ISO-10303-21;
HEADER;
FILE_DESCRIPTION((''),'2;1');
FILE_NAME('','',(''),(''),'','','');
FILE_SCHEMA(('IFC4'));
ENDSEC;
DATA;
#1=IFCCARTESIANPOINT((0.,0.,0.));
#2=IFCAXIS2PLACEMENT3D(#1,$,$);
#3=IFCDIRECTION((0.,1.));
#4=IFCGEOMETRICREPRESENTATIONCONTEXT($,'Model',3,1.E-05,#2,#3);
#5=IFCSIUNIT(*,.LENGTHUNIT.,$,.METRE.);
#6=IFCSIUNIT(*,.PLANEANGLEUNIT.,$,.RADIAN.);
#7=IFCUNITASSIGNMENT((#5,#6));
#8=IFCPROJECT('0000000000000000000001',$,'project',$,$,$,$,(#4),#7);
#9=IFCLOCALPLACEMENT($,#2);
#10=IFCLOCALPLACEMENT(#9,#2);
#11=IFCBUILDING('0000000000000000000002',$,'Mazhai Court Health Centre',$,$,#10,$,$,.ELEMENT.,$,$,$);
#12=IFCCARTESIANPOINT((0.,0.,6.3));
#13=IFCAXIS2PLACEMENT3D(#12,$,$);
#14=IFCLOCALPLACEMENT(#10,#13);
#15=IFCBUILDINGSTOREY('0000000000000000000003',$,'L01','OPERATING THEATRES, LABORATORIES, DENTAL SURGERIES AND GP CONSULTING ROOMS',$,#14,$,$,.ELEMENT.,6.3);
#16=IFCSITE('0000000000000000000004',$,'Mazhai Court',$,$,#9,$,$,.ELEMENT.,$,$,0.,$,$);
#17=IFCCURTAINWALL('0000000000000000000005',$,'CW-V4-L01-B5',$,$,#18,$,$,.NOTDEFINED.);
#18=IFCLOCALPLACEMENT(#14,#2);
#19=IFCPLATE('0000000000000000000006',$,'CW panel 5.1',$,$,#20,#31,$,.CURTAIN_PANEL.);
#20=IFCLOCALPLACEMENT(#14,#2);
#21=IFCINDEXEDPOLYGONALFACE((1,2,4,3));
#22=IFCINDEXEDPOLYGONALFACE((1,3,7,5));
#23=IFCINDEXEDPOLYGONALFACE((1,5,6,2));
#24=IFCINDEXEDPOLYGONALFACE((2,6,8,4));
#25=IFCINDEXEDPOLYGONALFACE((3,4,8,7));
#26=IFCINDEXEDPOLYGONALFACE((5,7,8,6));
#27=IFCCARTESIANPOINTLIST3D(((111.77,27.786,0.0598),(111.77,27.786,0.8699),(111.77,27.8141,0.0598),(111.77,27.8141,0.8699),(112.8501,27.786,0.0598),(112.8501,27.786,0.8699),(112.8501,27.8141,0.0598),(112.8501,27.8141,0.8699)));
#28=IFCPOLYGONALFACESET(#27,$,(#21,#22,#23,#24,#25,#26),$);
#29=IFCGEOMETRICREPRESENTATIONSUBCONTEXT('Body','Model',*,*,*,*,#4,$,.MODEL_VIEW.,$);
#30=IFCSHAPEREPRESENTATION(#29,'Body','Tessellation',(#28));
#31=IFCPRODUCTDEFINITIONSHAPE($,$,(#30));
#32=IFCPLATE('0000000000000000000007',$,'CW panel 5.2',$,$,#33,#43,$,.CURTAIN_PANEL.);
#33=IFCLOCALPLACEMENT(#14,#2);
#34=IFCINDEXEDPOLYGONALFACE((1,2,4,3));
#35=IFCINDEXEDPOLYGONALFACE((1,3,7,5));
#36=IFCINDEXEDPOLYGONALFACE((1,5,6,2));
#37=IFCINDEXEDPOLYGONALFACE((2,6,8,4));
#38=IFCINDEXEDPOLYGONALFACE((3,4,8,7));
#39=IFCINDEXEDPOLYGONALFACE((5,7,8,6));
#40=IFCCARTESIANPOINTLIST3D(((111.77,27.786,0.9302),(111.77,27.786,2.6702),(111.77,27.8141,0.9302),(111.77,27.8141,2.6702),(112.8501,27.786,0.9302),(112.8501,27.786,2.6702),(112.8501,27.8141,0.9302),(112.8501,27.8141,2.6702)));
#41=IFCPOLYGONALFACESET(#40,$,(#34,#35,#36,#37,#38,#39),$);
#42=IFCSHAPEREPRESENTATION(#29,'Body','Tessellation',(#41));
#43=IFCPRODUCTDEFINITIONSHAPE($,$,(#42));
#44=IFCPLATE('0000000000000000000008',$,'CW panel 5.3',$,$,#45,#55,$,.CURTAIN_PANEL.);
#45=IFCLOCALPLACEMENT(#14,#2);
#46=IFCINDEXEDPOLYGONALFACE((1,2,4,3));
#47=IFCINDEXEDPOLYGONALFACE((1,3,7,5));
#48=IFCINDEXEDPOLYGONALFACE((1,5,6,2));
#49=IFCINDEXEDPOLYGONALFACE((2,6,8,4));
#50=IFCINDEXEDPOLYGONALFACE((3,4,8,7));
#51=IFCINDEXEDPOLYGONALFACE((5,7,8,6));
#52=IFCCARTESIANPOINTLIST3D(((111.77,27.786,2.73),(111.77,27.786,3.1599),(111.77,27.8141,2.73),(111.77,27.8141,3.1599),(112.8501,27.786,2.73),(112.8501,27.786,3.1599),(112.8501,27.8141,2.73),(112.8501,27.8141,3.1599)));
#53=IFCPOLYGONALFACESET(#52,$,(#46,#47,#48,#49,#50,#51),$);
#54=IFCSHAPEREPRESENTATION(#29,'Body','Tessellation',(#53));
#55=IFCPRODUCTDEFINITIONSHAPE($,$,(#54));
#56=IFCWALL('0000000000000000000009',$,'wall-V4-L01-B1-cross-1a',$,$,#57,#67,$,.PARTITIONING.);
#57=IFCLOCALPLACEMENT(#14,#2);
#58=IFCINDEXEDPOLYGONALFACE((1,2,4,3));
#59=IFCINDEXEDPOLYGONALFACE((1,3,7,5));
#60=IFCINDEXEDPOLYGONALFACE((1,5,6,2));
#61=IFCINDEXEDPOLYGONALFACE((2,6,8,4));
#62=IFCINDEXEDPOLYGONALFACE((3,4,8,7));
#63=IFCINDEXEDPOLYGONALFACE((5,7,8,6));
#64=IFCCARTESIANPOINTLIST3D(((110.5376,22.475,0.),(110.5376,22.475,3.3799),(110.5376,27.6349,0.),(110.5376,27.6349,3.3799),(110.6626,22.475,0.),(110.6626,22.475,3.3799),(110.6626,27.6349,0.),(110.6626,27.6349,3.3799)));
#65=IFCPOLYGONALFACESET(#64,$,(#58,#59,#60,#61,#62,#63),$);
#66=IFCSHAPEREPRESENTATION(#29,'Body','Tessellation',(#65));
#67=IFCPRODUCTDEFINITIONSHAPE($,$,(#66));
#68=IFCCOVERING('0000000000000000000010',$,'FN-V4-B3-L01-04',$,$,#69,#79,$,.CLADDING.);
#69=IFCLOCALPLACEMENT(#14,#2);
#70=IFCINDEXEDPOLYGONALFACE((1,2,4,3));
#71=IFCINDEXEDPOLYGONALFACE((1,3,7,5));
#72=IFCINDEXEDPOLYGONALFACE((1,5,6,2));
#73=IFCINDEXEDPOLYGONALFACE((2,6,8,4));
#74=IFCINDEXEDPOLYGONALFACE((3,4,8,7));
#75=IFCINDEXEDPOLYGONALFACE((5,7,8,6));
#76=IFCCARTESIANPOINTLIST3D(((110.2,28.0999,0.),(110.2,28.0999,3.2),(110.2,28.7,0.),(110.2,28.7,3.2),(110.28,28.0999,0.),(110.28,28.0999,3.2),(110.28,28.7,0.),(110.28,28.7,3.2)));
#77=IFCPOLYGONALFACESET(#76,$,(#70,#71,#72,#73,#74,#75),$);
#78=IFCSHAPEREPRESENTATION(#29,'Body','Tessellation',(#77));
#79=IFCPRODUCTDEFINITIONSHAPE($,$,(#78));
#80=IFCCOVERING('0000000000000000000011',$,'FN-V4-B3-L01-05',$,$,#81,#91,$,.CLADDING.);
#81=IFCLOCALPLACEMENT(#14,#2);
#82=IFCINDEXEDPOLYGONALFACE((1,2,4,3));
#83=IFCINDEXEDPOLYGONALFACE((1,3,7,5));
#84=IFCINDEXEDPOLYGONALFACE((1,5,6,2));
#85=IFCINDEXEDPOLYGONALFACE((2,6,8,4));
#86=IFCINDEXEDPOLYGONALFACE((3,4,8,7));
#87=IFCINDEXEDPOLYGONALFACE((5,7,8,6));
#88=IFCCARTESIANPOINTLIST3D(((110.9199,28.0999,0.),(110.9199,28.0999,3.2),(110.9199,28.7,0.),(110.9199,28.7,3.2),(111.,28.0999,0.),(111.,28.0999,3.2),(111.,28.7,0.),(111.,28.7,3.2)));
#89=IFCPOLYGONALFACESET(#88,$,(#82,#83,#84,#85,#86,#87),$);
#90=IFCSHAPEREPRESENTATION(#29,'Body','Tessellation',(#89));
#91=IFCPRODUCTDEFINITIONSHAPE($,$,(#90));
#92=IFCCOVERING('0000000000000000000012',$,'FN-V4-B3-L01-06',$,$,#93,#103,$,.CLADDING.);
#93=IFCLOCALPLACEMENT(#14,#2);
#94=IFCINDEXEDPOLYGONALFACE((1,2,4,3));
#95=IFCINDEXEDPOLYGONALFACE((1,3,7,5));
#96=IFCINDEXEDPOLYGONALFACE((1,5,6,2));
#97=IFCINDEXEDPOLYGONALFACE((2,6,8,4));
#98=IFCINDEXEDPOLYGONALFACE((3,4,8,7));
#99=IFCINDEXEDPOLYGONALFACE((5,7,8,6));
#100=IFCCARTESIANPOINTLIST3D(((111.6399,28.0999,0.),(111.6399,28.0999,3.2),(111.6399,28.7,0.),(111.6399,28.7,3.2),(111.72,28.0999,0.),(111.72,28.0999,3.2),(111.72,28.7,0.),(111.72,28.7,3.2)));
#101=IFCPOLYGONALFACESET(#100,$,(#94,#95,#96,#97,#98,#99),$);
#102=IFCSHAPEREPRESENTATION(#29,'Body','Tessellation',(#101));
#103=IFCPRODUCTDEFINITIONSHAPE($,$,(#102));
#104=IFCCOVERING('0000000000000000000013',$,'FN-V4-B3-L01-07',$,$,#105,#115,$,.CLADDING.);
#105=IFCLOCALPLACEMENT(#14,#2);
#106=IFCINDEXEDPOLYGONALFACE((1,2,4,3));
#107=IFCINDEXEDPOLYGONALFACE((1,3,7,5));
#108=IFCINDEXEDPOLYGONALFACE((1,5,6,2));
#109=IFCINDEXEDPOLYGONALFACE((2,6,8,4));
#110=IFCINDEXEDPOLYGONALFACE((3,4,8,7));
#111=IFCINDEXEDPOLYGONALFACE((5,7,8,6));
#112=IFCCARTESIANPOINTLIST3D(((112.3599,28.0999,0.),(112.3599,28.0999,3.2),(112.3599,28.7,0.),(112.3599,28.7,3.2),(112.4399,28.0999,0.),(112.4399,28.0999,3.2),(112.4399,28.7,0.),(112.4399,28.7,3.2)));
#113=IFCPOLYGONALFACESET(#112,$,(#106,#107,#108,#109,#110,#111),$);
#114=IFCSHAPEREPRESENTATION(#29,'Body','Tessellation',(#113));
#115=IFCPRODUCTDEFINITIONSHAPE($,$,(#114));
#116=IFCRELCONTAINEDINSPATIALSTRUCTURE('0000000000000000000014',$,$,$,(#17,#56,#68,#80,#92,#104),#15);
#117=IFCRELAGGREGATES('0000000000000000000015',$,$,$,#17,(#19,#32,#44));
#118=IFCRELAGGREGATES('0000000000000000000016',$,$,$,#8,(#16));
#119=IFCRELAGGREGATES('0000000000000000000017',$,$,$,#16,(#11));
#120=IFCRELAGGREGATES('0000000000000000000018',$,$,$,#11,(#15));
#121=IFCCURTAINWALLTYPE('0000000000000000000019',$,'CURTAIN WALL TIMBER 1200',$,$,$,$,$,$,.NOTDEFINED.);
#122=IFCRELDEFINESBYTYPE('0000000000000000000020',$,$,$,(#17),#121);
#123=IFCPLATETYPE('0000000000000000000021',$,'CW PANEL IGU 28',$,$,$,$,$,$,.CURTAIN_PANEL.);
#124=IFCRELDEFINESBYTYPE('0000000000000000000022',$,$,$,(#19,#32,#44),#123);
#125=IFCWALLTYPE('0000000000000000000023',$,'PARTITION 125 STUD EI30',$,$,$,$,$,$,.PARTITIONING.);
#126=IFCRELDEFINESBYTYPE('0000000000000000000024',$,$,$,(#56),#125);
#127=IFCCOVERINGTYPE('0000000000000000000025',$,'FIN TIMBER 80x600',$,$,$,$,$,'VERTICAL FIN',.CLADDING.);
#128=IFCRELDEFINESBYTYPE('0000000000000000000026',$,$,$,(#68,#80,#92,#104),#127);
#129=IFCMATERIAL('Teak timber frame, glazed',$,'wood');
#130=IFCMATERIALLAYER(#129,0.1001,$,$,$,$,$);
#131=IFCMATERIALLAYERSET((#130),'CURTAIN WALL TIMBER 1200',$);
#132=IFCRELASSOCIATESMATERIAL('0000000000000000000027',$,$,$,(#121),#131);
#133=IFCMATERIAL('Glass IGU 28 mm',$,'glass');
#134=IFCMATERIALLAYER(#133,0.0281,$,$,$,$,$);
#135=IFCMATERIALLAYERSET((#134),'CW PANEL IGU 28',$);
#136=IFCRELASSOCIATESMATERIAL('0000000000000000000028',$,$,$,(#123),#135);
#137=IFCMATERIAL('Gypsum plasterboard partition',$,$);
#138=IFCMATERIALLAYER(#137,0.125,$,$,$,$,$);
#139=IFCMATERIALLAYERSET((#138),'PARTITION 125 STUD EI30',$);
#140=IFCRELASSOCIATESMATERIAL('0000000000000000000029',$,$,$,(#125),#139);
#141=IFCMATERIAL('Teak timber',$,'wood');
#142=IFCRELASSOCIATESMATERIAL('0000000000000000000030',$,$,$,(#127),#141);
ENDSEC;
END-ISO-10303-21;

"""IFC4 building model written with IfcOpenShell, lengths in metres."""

from ifc_helpers import new_model, si_unit, direction, frame, frame_2d, origin, origin_2d, place, context, subcontext, project, spatial, rectangle, extrude, material, layer, layer_set, type_object, element, aggregate, save


model = new_model("IFC4")

# Units and contexts
model_context = context("Model", 3, precision=1e-05, world=origin(), true_north=direction((0.0, 1.0)))
body_context = subcontext(model_context, "Body", "Model", "MODEL_VIEW")
ifc_project = project(units=[si_unit("LENGTHUNIT", "METRE"), si_unit("PLANEANGLEUNIT", "RADIAN")], contexts=[model_context])

# Site, building, storey
site_placement = place(None, origin())
site = spatial("IfcSite", under=ifc_project, at=site_placement, Name="Mazhai Court", CompositionType="ELEMENT", RefElevation=0.0)
building_placement = place(site_placement, origin())
building = spatial("IfcBuilding", under=site, at=building_placement, Name="Mazhai Court Health Centre", CompositionType="ELEMENT")
storey_placement = place(building_placement, frame((0.0, 0.0, 6.3)))
storey = spatial("IfcBuildingStorey", under=building, at=storey_placement, Name="L01", Description="OPERATING THEATRES, LABORATORIES, DENTAL SURGERIES AND GP CONSULTING ROOMS", CompositionType="ELEMENT", Elevation=6.3)

# Curtain wall, plates
ifc_material_1 = material(Name="Teak timber frame, glazed", Category="wood")
ifc_layer_1 = layer(ifc_material_1, 0.1001)
ifc_layer_set_1 = layer_set([ifc_layer_1], Name="CURTAIN WALL TIMBER 1200")
curtain_wall_type = type_object("IfcCurtainWallType", Name="CURTAIN WALL TIMBER 1200", PredefinedType="NOTDEFINED", material=ifc_layer_set_1)
curtain_wall_placement = place(storey_placement, origin())
curtain_wall = element("IfcCurtainWall", 1, at=curtain_wall_placement, inside=storey, type_object=curtain_wall_type, Name="CW-V4-L01-B5", PredefinedType="NOTDEFINED")
ifc_material_2 = material(Name="Glass IGU 28 mm", Category="glass")
ifc_layer_2 = layer(ifc_material_2, 0.0281)
ifc_layer_set_2 = layer_set([ifc_layer_2], Name="CW PANEL IGU 28")
plate_type = type_object("IfcPlateType", Name="CW PANEL IGU 28", PredefinedType="CURTAIN_PANEL", material=ifc_layer_set_2)
plate_1_placement = place(storey_placement, frame((112.3101, 27.8, 0.0598), z_axis=(0.0, 0.0, 1.0), x_axis=(1.0, 0.0, 0.0)))
plate_1 = element("IfcPlate", 2, at=plate_1_placement, type_object=plate_type, Name="CW panel 5.1", PredefinedType="CURTAIN_PANEL", context=body_context, shape_type="SweptSolid", body=[
    extrude(rectangle(XDim=1.0801, YDim=0.0281, at=origin_2d()), origin(), (0.0, 0.0, 1.0), 0.8101),
])
plate_2_placement = place(storey_placement, frame((112.3101, 27.8, 0.9302), z_axis=(0.0, 0.0, 1.0), x_axis=(1.0, 0.0, 0.0)))
plate_2 = element("IfcPlate", 3, at=plate_2_placement, type_object=plate_type, Name="CW panel 5.2", PredefinedType="CURTAIN_PANEL", context=body_context, shape_type="SweptSolid", body=[
    extrude(rectangle(XDim=1.0801, YDim=0.0281, at=origin_2d()), origin(), (0.0, 0.0, 1.0), 1.74),
])
plate_3_placement = place(storey_placement, frame((112.3101, 27.8, 2.73), z_axis=(0.0, 0.0, 1.0), x_axis=(1.0, 0.0, 0.0)))
plate_3 = element("IfcPlate", 4, at=plate_3_placement, type_object=plate_type, Name="CW panel 5.3", PredefinedType="CURTAIN_PANEL", context=body_context, shape_type="SweptSolid", body=[
    extrude(rectangle(XDim=1.0801, YDim=0.0281, at=origin_2d()), origin(), (0.0, 0.0, 1.0), 0.4299),
])
aggregate(curtain_wall, [plate_1, plate_2, plate_3])

# Wall
ifc_material_3 = material(Name="Gypsum plasterboard partition")
ifc_layer_3 = layer(ifc_material_3, 0.125)
ifc_layer_set_3 = layer_set([ifc_layer_3], Name="PARTITION 125 STUD EI30")
wall_type = type_object("IfcWallType", Name="PARTITION 125 STUD EI30", PredefinedType="PARTITIONING", material=ifc_layer_set_3)
wall_placement = place(storey_placement, frame((110.6001, 27.635, 0.0), z_axis=(0.0, 0.0, 1.0), x_axis=(0.0, -1.0, 0.0)))
element("IfcWall", 5, at=wall_placement, inside=storey, type_object=wall_type, Name="wall-V4-L01-B1-cross-1a", PredefinedType="PARTITIONING", context=body_context, shape_type="SweptSolid", body=[
    extrude(rectangle(XDim=5.1599, YDim=0.125, at=frame_2d((2.5801, 0.0))), origin(), (0.0, 0.0, 1.0), 3.3799),
])

# Coverings
ifc_material_4 = material(Name="Teak timber", Category="wood")
covering_type = type_object("IfcCoveringType", Name="FIN TIMBER 80x600", ElementType="VERTICAL FIN", PredefinedType="CLADDING", material=ifc_material_4)
for number, where, z_axis, x_axis, name in (
    (6, (110.24, 28.3999, 0.0), (0.0, 0.0, 1.0), (1.0, 0.0, 0.0), "FN-V4-B3-L01-04"),
    (7, (110.96, 28.3999, 0.0), (0.0, 0.0, 1.0), (1.0, 0.0, 0.0), "FN-V4-B3-L01-05"),
    (8, (111.6799, 28.3999, 0.0), (0.0, 0.0, 1.0), (1.0, 0.0, 0.0), "FN-V4-B3-L01-06"),
    (9, (112.3999, 28.3999, 0.0), (0.0, 0.0, 1.0), (1.0, 0.0, 0.0), "FN-V4-B3-L01-07"),
):
    element("IfcCovering", number, at=place(storey_placement, frame(where, z_axis=z_axis, x_axis=x_axis)), inside=storey, type_object=covering_type, Name=name, PredefinedType="CLADDING", context=body_context, shape_type="SweptSolid", body=[
        extrude(rectangle(XDim=0.0801, YDim=0.6001, at=origin_2d()), origin(), (0.0, 0.0, 1.0), 3.2),
    ])

save(model, "model.ifc")
